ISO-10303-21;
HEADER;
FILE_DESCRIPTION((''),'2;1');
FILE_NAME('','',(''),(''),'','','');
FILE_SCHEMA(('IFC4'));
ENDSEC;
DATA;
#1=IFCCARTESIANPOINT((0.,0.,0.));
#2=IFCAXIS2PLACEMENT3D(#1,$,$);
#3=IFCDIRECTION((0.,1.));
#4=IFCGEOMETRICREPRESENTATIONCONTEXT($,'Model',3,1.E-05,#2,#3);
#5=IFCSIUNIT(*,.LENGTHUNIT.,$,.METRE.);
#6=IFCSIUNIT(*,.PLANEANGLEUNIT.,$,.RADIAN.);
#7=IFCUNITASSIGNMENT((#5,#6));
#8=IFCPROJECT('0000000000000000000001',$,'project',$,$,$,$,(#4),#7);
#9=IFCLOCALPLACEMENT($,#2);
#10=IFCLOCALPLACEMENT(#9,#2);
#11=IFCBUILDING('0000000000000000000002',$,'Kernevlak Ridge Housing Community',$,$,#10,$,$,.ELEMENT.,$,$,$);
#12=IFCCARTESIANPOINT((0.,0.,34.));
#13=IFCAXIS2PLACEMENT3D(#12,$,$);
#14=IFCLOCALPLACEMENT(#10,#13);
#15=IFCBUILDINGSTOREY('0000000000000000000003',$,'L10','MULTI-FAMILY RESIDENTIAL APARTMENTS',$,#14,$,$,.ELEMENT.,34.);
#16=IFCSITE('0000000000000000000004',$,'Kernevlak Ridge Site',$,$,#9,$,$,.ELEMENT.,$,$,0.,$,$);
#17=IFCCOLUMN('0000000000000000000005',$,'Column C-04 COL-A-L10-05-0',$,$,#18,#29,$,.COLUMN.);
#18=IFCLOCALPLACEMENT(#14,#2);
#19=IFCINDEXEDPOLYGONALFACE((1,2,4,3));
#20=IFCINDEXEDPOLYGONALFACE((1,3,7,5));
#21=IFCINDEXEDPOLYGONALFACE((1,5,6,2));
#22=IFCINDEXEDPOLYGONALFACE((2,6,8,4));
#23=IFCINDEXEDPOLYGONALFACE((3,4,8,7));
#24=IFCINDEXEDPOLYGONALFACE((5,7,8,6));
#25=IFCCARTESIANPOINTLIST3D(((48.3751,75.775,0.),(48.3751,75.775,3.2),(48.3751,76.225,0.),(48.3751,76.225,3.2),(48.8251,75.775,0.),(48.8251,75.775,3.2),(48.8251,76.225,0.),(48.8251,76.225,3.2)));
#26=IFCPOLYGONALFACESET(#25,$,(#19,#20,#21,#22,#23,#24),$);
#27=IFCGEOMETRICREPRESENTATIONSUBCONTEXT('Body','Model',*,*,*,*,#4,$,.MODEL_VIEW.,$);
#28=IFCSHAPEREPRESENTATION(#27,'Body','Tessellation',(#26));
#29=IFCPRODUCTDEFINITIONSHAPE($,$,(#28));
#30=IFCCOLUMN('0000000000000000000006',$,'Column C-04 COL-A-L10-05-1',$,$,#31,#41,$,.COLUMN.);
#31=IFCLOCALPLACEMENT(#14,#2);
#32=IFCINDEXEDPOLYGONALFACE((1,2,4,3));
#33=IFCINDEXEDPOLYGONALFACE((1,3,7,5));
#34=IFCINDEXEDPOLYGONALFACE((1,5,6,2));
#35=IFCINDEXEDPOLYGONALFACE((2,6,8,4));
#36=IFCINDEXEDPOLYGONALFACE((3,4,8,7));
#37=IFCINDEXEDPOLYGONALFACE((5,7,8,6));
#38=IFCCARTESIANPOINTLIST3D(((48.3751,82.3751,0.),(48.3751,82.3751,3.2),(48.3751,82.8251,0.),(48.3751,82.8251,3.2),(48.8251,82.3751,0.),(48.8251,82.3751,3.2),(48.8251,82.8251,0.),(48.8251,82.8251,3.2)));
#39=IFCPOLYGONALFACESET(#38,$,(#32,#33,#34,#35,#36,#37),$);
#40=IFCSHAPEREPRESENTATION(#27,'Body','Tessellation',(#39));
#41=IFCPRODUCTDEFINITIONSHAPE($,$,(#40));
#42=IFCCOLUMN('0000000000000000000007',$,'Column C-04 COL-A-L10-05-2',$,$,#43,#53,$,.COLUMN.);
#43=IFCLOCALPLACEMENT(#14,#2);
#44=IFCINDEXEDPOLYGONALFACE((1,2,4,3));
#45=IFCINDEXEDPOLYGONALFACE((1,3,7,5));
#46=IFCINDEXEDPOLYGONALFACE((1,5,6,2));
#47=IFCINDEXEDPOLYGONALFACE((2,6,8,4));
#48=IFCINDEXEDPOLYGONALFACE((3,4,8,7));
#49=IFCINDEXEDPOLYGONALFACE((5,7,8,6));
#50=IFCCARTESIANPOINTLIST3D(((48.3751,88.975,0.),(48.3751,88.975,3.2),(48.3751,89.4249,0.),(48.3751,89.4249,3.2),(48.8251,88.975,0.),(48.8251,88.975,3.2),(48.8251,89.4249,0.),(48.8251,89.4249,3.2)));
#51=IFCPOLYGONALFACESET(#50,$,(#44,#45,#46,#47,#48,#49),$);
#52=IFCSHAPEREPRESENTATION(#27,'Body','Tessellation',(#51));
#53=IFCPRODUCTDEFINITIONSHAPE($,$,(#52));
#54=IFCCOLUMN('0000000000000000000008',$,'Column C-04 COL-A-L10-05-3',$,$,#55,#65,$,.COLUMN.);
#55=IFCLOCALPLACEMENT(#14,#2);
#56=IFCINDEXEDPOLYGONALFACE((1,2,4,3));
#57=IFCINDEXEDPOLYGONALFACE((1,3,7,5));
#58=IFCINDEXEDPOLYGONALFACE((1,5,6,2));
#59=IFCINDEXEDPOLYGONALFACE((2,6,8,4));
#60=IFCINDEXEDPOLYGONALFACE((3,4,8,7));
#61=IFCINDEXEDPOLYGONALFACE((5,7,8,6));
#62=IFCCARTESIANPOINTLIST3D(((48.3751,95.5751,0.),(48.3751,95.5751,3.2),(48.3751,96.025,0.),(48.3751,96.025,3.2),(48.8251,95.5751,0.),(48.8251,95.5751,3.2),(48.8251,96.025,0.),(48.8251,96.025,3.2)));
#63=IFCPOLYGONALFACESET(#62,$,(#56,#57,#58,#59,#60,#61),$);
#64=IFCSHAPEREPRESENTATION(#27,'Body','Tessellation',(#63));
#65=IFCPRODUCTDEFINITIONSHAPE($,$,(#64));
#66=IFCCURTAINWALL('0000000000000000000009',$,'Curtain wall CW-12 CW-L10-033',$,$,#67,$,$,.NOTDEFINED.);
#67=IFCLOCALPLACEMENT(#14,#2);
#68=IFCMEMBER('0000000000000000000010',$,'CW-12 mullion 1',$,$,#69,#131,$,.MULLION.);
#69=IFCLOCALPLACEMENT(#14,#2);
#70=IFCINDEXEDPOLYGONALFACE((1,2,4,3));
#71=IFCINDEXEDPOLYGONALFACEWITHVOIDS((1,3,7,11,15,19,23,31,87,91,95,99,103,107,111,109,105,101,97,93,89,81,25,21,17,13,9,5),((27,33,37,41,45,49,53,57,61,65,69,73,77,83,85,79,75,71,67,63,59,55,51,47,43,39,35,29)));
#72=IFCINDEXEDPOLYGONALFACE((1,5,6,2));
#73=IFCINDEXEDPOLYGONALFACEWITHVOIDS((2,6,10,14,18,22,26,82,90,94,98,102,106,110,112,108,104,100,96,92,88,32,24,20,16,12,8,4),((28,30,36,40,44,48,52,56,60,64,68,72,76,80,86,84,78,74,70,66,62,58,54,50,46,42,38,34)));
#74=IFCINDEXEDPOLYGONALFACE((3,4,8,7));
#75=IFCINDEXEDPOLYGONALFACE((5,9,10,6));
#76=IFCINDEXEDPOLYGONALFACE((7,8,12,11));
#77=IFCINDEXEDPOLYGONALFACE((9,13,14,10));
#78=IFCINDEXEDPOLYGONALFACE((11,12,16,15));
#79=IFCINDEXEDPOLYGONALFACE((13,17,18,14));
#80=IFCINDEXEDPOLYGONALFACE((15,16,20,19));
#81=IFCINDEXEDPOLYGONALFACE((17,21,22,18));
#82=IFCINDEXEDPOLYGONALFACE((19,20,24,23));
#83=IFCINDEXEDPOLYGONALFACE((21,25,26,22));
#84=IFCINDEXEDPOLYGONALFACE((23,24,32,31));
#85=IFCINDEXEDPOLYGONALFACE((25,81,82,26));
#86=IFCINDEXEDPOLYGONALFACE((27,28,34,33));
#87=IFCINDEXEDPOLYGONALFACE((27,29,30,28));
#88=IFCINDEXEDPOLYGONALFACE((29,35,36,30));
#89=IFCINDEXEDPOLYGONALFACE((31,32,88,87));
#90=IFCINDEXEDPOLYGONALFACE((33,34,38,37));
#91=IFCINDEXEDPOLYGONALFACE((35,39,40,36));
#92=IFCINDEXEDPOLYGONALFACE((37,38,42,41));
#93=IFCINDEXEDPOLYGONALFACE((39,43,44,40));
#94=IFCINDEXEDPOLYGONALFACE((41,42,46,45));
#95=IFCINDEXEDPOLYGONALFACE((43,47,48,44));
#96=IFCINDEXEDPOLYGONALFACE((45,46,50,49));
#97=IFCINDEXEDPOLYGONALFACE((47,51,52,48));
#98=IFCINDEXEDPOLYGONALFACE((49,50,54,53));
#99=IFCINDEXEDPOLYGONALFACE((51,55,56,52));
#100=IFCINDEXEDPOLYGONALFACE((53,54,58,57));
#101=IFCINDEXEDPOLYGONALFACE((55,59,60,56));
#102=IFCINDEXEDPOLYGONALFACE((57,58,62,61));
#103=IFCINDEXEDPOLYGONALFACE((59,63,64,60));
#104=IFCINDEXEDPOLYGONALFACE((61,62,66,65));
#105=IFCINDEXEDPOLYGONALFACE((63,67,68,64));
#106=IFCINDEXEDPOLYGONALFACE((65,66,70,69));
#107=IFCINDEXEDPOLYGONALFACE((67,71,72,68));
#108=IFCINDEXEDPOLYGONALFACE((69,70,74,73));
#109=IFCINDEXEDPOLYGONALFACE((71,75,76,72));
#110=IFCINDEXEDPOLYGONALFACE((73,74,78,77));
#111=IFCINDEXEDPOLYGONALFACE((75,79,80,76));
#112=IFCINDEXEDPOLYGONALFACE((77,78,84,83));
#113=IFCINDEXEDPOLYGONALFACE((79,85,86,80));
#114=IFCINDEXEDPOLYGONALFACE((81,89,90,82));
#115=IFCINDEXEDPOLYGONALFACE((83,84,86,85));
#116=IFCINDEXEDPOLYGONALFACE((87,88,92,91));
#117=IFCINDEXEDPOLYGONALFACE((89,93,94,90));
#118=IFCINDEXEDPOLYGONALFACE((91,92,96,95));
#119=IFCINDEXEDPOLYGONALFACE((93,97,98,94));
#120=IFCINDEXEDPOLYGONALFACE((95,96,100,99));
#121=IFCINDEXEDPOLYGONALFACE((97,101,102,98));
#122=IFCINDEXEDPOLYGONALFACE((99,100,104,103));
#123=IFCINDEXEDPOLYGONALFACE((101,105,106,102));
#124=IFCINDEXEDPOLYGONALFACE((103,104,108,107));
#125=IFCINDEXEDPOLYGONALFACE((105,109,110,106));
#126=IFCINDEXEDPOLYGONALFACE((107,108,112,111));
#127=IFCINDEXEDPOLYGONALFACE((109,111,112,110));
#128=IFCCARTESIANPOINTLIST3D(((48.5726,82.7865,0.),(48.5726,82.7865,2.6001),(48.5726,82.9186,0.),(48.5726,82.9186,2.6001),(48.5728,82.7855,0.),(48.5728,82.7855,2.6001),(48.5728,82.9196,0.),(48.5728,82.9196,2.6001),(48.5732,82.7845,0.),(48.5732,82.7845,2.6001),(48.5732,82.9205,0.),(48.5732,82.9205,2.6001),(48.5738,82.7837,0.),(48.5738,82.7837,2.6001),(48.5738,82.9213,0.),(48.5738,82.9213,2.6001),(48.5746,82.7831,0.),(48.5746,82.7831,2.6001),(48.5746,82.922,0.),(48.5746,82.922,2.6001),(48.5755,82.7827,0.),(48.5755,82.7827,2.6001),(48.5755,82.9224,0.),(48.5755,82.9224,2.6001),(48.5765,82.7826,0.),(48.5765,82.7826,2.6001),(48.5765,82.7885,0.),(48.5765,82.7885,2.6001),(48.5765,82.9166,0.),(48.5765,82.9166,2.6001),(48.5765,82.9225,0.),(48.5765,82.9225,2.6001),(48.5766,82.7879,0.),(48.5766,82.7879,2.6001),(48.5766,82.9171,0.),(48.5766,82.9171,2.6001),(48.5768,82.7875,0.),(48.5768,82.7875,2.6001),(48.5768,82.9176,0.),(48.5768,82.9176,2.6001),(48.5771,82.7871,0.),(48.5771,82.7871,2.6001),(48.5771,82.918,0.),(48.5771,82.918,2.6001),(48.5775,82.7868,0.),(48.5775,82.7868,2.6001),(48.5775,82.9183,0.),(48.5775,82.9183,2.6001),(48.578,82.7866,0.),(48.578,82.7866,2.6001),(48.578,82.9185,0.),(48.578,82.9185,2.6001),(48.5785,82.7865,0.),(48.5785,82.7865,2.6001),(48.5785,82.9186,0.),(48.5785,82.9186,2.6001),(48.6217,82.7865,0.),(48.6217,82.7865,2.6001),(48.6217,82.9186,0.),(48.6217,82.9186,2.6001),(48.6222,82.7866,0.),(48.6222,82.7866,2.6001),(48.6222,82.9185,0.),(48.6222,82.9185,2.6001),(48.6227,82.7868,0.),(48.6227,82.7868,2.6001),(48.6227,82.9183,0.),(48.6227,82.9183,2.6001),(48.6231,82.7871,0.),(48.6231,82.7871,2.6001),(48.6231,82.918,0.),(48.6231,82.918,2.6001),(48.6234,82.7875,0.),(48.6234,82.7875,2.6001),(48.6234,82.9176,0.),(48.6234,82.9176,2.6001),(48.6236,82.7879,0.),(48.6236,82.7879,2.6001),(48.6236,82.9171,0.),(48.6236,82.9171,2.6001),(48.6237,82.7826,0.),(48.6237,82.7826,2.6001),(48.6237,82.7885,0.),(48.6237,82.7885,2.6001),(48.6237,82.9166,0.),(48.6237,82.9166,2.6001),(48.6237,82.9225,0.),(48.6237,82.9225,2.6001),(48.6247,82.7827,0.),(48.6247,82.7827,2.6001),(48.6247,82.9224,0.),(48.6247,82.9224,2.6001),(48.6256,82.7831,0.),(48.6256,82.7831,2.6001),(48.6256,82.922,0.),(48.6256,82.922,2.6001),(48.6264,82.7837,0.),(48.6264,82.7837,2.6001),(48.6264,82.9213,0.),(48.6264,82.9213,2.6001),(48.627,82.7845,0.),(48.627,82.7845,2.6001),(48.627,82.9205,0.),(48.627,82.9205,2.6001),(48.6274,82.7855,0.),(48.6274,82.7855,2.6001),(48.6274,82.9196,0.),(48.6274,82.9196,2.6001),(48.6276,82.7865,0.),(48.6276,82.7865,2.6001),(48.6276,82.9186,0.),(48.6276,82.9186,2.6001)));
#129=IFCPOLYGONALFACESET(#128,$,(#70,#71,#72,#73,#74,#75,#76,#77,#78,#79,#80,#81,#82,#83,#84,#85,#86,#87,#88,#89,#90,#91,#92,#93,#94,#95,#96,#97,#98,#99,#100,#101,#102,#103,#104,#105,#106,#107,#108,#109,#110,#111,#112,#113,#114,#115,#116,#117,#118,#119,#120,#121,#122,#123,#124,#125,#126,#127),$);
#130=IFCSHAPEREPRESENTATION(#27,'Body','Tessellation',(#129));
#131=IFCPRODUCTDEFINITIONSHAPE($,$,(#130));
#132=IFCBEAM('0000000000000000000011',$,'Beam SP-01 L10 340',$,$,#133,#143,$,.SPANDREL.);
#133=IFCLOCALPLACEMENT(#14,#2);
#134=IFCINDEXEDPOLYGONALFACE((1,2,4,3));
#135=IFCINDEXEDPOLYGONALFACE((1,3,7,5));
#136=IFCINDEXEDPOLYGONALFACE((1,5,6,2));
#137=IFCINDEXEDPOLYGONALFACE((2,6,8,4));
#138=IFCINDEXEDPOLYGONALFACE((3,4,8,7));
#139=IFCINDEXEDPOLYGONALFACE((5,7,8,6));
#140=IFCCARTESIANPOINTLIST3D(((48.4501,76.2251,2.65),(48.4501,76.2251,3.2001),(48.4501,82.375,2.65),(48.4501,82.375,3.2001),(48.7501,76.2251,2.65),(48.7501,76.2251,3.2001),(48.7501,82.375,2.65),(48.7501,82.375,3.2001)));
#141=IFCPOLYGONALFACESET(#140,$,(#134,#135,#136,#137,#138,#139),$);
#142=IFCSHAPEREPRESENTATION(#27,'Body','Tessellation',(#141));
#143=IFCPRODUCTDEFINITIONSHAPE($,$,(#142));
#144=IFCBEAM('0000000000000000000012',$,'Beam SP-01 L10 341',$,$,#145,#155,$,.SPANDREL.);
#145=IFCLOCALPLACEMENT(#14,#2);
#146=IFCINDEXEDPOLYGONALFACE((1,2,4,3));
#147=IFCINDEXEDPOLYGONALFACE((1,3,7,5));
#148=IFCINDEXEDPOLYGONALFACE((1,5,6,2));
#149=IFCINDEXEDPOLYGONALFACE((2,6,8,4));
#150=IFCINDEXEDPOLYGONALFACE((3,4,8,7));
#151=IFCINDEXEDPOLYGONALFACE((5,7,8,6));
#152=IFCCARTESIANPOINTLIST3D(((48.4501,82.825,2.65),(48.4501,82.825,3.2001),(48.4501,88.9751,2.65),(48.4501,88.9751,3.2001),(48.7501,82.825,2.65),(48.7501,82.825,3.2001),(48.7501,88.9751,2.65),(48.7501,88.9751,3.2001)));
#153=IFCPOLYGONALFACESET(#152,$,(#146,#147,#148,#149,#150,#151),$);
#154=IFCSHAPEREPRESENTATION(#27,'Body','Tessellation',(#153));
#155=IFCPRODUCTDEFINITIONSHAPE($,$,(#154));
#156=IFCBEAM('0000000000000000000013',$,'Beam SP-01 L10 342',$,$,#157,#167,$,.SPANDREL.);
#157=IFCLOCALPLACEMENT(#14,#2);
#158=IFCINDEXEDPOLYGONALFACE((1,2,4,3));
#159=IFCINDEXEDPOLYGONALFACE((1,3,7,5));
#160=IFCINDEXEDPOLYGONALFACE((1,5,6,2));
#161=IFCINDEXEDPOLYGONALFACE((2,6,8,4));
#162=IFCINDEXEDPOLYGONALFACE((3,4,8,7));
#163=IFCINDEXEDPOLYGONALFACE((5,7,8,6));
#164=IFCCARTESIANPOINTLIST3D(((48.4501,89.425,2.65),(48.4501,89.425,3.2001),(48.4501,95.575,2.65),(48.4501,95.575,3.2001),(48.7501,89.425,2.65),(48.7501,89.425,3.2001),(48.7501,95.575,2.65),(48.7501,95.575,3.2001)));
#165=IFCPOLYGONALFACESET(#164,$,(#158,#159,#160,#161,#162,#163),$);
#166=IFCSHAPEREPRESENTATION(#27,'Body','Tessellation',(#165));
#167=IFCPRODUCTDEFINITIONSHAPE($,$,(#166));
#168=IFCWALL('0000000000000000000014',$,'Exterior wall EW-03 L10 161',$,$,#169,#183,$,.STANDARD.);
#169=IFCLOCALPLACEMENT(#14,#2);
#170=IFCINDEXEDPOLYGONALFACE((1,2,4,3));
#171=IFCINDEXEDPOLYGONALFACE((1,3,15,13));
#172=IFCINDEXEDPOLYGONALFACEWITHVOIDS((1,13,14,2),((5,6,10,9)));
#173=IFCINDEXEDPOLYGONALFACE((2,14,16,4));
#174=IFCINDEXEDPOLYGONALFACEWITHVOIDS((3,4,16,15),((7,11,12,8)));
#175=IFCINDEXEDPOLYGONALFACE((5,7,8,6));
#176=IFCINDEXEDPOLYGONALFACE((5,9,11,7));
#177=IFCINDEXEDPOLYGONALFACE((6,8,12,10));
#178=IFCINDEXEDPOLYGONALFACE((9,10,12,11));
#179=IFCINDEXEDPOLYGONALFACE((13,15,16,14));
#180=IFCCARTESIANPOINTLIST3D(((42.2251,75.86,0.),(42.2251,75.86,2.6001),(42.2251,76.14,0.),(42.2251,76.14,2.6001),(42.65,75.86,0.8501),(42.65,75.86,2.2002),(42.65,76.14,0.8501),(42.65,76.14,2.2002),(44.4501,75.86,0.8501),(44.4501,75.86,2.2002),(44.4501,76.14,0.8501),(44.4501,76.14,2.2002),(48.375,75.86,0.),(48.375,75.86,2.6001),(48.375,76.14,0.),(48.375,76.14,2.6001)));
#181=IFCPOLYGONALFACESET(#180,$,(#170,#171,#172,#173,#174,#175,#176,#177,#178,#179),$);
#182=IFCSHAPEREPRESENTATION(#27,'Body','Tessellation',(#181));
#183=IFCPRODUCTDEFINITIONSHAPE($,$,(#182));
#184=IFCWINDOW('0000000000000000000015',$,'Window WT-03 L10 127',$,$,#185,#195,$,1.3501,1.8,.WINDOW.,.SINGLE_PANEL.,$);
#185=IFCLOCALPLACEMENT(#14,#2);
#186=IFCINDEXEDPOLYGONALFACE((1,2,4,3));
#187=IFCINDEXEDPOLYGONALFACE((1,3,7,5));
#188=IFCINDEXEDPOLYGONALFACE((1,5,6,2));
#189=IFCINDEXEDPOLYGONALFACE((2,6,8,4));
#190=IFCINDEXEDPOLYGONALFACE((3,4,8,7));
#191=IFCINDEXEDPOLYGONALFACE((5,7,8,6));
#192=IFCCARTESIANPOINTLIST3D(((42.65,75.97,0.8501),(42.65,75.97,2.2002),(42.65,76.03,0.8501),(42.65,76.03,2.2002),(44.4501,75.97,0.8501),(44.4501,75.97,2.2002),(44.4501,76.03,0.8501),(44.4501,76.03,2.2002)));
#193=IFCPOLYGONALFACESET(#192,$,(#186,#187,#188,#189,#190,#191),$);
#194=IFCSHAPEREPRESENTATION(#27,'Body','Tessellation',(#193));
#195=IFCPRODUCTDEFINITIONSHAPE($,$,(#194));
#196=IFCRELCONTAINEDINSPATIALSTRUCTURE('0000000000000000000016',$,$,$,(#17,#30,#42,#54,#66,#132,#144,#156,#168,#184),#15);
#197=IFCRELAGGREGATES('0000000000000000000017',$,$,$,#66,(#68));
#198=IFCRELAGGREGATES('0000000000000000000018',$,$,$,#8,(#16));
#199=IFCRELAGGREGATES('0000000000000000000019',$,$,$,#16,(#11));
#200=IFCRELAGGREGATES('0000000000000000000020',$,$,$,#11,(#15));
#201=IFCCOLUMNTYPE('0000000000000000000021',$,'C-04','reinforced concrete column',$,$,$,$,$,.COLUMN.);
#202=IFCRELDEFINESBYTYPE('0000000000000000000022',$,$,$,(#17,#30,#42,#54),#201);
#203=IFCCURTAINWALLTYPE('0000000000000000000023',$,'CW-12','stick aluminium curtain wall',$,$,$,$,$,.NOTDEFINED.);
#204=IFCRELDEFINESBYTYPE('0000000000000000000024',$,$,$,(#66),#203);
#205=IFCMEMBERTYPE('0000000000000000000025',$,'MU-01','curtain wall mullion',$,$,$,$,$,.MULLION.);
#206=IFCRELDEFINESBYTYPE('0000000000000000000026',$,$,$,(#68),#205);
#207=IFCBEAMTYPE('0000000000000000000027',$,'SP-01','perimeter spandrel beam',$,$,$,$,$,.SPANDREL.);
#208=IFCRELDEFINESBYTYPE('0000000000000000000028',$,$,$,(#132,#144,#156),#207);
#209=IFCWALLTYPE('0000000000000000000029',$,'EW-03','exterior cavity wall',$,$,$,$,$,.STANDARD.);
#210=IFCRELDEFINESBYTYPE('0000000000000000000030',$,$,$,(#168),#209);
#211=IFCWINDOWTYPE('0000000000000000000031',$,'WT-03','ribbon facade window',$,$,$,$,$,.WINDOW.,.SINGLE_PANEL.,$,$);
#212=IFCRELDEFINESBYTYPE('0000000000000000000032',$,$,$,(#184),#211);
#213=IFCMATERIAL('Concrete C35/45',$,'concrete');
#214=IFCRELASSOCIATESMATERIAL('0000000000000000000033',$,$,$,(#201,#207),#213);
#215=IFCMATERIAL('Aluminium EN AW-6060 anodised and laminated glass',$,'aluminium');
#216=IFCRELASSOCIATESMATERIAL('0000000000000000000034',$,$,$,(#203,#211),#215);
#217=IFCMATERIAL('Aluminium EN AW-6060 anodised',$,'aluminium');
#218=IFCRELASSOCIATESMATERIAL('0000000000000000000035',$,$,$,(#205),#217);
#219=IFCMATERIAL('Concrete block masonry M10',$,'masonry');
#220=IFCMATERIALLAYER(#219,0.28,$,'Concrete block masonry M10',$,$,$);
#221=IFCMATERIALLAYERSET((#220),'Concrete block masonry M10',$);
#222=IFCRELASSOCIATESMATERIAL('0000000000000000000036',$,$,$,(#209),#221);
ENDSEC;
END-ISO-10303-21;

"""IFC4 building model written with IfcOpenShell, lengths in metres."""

from ifc_helpers import new_model, si_unit, direction, frame, frame_2d, origin, origin_2d, place, context, subcontext, project, spatial, rectangle, hollow_rectangle, extrude, material, layer, layer_set, material_profile, profile_set, type_object, element, fill, aggregate, save


model = new_model("IFC4")

# Units and contexts
model_context = context("Model", 3, precision=1e-05, world=origin(), true_north=direction((0.0, 1.0)))
body_context = subcontext(model_context, "Body", "Model", "MODEL_VIEW")
ifc_project = project(units=[si_unit("LENGTHUNIT", "METRE"), si_unit("PLANEANGLEUNIT", "RADIAN")], contexts=[model_context])

# Site, building, storey
site_placement = place(None, origin())
site = spatial("IfcSite", under=ifc_project, at=site_placement, Name="Kernevlak Ridge Site", CompositionType="ELEMENT", RefElevation=0.0)
building_placement = place(site_placement, origin())
building = spatial("IfcBuilding", under=site, at=building_placement, Name="Kernevlak Ridge Housing Community", CompositionType="ELEMENT")
storey_placement = place(building_placement, frame((0.0, 0.0, 34.0)))
storey = spatial("IfcBuildingStorey", under=building, at=storey_placement, Name="L10", Description="MULTI-FAMILY RESIDENTIAL APARTMENTS", CompositionType="ELEMENT", Elevation=34.0)

# Columns
ifc_material_1 = material(Name="Concrete C35/45", Category="concrete")
ifc_material_profile_1 = material_profile(ifc_material_1, rectangle(XDim=0.45, YDim=0.45, at=origin_2d()), Name="RC 450x450")
ifc_profile_set_1 = profile_set([ifc_material_profile_1], Name="Concrete C35/45")
column_type = type_object("IfcColumnType", Name="C-04", Description="reinforced concrete column", PredefinedType="COLUMN", material=ifc_profile_set_1)
for number, where, z_axis, x_axis, name in (
    (1, (48.6001, 76.0, 0.0), (0.0, 0.0, 1.0), (1.0, 0.0, 0.0), "Column C-04 COL-A-L10-05-0"),
    (2, (48.6001, 82.6001, 0.0), (0.0, 0.0, 1.0), (1.0, 0.0, 0.0), "Column C-04 COL-A-L10-05-1"),
    (3, (48.6001, 89.2, 0.0), (0.0, 0.0, 1.0), (1.0, 0.0, 0.0), "Column C-04 COL-A-L10-05-2"),
    (4, (48.6001, 95.8, 0.0), (0.0, 0.0, 1.0), (1.0, 0.0, 0.0), "Column C-04 COL-A-L10-05-3"),
):
    element("IfcColumn", number, at=place(storey_placement, frame(where, z_axis=z_axis, x_axis=x_axis)), inside=storey, type_object=column_type, Name=name, PredefinedType="COLUMN", context=body_context, shape_type="SweptSolid", body=[
        extrude(rectangle(XDim=0.45, YDim=0.45, at=origin_2d()), origin(), (0.0, 0.0, 1.0), 3.2),
    ])

# Curtain wall, member
ifc_material_2 = material(Name="Aluminium EN AW-6060 anodised and laminated glass", Category="aluminium")
curtain_wall_type = type_object("IfcCurtainWallType", Name="CW-12", Description="stick aluminium curtain wall", PredefinedType="NOTDEFINED", material=ifc_material_2)
curtain_wall_placement = place(storey_placement, origin())
curtain_wall = element("IfcCurtainWall", 5, at=curtain_wall_placement, inside=storey, type_object=curtain_wall_type, Name="Curtain wall CW-12 CW-L10-033", PredefinedType="NOTDEFINED")
ifc_material_3 = material(Name="Aluminium EN AW-6060 anodised", Category="aluminium")
ifc_material_profile_2 = material_profile(ifc_material_3, hollow_rectangle(XDim=0.0549, YDim=0.1399, WallThickness=0.0039, InnerFilletRadius=0.002, OuterFilletRadius=0.0039, at=origin_2d()), Name="ALU 55x140x4")
ifc_profile_set_2 = profile_set([ifc_material_profile_2], Name="Aluminium EN AW-6060 anodised")
member_type = type_object("IfcMemberType", Name="MU-01", Description="curtain wall mullion", PredefinedType="MULLION", material=ifc_profile_set_2)
member_placement = place(storey_placement, frame((48.6001, 82.8525, 0.0), z_axis=(0.0, 0.0, 1.0), x_axis=(-1.0, 0.0, 0.0)))
member = element("IfcMember", 6, at=member_placement, type_object=member_type, Name="CW-12 mullion 1", PredefinedType="MULLION", context=body_context, shape_type="SweptSolid", body=[
    extrude(hollow_rectangle(XDim=0.0549, YDim=0.1399, WallThickness=0.0039, InnerFilletRadius=0.002, OuterFilletRadius=0.0039, at=origin_2d()), origin(), (0.0, 0.0, 1.0), 2.6001),
])
aggregate(curtain_wall, [member])

# Beams
ifc_material_profile_3 = material_profile(ifc_material_1, rectangle(XDim=0.3, YDim=0.55, at=origin_2d()), Name="RC 300x550")
ifc_profile_set_3 = profile_set([ifc_material_profile_3], Name="Concrete C35/45")
beam_type = type_object("IfcBeamType", Name="SP-01", Description="perimeter spandrel beam", PredefinedType="SPANDREL", material=ifc_profile_set_3)
beam_1_placement = place(storey_placement, frame((48.6001, 76.2251, 2.925), z_axis=(0.0, 1.0, 0.0), x_axis=(-1.0, 0.0, 0.0)))
element("IfcBeam", 7, at=beam_1_placement, inside=storey, type_object=beam_type, Name="Beam SP-01 L10 340", PredefinedType="SPANDREL", context=body_context, shape_type="SweptSolid", body=[
    extrude(rectangle(XDim=0.3, YDim=0.55, at=origin_2d()), origin(), (0.0, 0.0, 1.0), 6.1499),
])
beam_2_placement = place(storey_placement, frame((48.6001, 82.825, 2.925), z_axis=(0.0, 1.0, 0.0), x_axis=(-1.0, 0.0, 0.0)))
element("IfcBeam", 8, at=beam_2_placement, inside=storey, type_object=beam_type, Name="Beam SP-01 L10 341", PredefinedType="SPANDREL", context=body_context, shape_type="SweptSolid", body=[
    extrude(rectangle(XDim=0.3, YDim=0.55, at=origin_2d()), origin(), (0.0, 0.0, 1.0), 6.1501),
])
beam_3_placement = place(storey_placement, frame((48.6001, 89.425, 2.925), z_axis=(0.0, 1.0, 0.0), x_axis=(-1.0, 0.0, 0.0)))
element("IfcBeam", 9, at=beam_3_placement, inside=storey, type_object=beam_type, Name="Beam SP-01 L10 342", PredefinedType="SPANDREL", context=body_context, shape_type="SweptSolid", body=[
    extrude(rectangle(XDim=0.3, YDim=0.55, at=origin_2d()), origin(), (0.0, 0.0, 1.0), 6.1499),
])

# Wall, opening, window
ifc_material_4 = material(Name="Concrete block masonry M10", Category="masonry")
ifc_layer_1 = layer(ifc_material_4, 0.28, Name="Concrete block masonry M10")
ifc_layer_set_1 = layer_set([ifc_layer_1], Name="Concrete block masonry M10")
wall_type_1 = type_object("IfcWallType", Name="EW-03", Description="exterior cavity wall", PredefinedType="STANDARD", material=ifc_layer_set_1)
wall_1_placement = place(storey_placement, frame((42.2251, 76.0, 0.0), z_axis=(0.0, 0.0, 1.0), x_axis=(1.0, 0.0, 0.0)))
wall_1 = element("IfcWall", 10, at=wall_1_placement, inside=storey, type_object=wall_type_1, Name="Exterior wall EW-03 L10 161", PredefinedType="STANDARD", context=body_context, shape_type="SweptSolid", body=[
    extrude(rectangle(XDim=6.1499, YDim=0.28, at=frame_2d((3.075, 0.0))), origin(), (0.0, 0.0, 1.0), 2.6001),
])
opening_1_placement = place(wall_1_placement, frame((0.425, 0.0, 0.8501)))
opening_1 = element("IfcOpeningElement", 11, at=opening_1_placement, cuts=wall_1, PredefinedType="OPENING", context=body_context, shape_type="SweptSolid", body=[
    extrude(rectangle(XDim=1.8, YDim=1.3501, at=frame_2d((0.8999, 0.675))), frame((0.0, 0.1499, 0.0), z_axis=(0.0, -1.0, 0.0), x_axis=(1.0, 0.0, 0.0)), (0.0, 0.0, 1.0), 0.3),
])
window_type_1 = type_object("IfcWindowType", Name="WT-03", Description="ribbon facade window", PartitioningType="SINGLE_PANEL", PredefinedType="WINDOW", material=ifc_material_2)
window_1_placement = place(opening_1_placement, origin())
window_1 = element("IfcWindow", 12, at=window_1_placement, inside=storey, type_object=window_type_1, Name="Window WT-03 L10 127", OverallHeight=1.3501, OverallWidth=1.8, PartitioningType="SINGLE_PANEL", PredefinedType="WINDOW", context=body_context, shape_type="SweptSolid", body=[
    extrude(rectangle(XDim=1.8, YDim=1.3501, at=frame_2d((0.8999, 0.675))), frame((0.0, 0.03, 0.0), z_axis=(0.0, -1.0, 0.0), x_axis=(1.0, 0.0, 0.0)), (0.0, 0.0, 1.0), 0.0601),
])
fill(opening_1, window_1)

save(model, "model.ifc")
